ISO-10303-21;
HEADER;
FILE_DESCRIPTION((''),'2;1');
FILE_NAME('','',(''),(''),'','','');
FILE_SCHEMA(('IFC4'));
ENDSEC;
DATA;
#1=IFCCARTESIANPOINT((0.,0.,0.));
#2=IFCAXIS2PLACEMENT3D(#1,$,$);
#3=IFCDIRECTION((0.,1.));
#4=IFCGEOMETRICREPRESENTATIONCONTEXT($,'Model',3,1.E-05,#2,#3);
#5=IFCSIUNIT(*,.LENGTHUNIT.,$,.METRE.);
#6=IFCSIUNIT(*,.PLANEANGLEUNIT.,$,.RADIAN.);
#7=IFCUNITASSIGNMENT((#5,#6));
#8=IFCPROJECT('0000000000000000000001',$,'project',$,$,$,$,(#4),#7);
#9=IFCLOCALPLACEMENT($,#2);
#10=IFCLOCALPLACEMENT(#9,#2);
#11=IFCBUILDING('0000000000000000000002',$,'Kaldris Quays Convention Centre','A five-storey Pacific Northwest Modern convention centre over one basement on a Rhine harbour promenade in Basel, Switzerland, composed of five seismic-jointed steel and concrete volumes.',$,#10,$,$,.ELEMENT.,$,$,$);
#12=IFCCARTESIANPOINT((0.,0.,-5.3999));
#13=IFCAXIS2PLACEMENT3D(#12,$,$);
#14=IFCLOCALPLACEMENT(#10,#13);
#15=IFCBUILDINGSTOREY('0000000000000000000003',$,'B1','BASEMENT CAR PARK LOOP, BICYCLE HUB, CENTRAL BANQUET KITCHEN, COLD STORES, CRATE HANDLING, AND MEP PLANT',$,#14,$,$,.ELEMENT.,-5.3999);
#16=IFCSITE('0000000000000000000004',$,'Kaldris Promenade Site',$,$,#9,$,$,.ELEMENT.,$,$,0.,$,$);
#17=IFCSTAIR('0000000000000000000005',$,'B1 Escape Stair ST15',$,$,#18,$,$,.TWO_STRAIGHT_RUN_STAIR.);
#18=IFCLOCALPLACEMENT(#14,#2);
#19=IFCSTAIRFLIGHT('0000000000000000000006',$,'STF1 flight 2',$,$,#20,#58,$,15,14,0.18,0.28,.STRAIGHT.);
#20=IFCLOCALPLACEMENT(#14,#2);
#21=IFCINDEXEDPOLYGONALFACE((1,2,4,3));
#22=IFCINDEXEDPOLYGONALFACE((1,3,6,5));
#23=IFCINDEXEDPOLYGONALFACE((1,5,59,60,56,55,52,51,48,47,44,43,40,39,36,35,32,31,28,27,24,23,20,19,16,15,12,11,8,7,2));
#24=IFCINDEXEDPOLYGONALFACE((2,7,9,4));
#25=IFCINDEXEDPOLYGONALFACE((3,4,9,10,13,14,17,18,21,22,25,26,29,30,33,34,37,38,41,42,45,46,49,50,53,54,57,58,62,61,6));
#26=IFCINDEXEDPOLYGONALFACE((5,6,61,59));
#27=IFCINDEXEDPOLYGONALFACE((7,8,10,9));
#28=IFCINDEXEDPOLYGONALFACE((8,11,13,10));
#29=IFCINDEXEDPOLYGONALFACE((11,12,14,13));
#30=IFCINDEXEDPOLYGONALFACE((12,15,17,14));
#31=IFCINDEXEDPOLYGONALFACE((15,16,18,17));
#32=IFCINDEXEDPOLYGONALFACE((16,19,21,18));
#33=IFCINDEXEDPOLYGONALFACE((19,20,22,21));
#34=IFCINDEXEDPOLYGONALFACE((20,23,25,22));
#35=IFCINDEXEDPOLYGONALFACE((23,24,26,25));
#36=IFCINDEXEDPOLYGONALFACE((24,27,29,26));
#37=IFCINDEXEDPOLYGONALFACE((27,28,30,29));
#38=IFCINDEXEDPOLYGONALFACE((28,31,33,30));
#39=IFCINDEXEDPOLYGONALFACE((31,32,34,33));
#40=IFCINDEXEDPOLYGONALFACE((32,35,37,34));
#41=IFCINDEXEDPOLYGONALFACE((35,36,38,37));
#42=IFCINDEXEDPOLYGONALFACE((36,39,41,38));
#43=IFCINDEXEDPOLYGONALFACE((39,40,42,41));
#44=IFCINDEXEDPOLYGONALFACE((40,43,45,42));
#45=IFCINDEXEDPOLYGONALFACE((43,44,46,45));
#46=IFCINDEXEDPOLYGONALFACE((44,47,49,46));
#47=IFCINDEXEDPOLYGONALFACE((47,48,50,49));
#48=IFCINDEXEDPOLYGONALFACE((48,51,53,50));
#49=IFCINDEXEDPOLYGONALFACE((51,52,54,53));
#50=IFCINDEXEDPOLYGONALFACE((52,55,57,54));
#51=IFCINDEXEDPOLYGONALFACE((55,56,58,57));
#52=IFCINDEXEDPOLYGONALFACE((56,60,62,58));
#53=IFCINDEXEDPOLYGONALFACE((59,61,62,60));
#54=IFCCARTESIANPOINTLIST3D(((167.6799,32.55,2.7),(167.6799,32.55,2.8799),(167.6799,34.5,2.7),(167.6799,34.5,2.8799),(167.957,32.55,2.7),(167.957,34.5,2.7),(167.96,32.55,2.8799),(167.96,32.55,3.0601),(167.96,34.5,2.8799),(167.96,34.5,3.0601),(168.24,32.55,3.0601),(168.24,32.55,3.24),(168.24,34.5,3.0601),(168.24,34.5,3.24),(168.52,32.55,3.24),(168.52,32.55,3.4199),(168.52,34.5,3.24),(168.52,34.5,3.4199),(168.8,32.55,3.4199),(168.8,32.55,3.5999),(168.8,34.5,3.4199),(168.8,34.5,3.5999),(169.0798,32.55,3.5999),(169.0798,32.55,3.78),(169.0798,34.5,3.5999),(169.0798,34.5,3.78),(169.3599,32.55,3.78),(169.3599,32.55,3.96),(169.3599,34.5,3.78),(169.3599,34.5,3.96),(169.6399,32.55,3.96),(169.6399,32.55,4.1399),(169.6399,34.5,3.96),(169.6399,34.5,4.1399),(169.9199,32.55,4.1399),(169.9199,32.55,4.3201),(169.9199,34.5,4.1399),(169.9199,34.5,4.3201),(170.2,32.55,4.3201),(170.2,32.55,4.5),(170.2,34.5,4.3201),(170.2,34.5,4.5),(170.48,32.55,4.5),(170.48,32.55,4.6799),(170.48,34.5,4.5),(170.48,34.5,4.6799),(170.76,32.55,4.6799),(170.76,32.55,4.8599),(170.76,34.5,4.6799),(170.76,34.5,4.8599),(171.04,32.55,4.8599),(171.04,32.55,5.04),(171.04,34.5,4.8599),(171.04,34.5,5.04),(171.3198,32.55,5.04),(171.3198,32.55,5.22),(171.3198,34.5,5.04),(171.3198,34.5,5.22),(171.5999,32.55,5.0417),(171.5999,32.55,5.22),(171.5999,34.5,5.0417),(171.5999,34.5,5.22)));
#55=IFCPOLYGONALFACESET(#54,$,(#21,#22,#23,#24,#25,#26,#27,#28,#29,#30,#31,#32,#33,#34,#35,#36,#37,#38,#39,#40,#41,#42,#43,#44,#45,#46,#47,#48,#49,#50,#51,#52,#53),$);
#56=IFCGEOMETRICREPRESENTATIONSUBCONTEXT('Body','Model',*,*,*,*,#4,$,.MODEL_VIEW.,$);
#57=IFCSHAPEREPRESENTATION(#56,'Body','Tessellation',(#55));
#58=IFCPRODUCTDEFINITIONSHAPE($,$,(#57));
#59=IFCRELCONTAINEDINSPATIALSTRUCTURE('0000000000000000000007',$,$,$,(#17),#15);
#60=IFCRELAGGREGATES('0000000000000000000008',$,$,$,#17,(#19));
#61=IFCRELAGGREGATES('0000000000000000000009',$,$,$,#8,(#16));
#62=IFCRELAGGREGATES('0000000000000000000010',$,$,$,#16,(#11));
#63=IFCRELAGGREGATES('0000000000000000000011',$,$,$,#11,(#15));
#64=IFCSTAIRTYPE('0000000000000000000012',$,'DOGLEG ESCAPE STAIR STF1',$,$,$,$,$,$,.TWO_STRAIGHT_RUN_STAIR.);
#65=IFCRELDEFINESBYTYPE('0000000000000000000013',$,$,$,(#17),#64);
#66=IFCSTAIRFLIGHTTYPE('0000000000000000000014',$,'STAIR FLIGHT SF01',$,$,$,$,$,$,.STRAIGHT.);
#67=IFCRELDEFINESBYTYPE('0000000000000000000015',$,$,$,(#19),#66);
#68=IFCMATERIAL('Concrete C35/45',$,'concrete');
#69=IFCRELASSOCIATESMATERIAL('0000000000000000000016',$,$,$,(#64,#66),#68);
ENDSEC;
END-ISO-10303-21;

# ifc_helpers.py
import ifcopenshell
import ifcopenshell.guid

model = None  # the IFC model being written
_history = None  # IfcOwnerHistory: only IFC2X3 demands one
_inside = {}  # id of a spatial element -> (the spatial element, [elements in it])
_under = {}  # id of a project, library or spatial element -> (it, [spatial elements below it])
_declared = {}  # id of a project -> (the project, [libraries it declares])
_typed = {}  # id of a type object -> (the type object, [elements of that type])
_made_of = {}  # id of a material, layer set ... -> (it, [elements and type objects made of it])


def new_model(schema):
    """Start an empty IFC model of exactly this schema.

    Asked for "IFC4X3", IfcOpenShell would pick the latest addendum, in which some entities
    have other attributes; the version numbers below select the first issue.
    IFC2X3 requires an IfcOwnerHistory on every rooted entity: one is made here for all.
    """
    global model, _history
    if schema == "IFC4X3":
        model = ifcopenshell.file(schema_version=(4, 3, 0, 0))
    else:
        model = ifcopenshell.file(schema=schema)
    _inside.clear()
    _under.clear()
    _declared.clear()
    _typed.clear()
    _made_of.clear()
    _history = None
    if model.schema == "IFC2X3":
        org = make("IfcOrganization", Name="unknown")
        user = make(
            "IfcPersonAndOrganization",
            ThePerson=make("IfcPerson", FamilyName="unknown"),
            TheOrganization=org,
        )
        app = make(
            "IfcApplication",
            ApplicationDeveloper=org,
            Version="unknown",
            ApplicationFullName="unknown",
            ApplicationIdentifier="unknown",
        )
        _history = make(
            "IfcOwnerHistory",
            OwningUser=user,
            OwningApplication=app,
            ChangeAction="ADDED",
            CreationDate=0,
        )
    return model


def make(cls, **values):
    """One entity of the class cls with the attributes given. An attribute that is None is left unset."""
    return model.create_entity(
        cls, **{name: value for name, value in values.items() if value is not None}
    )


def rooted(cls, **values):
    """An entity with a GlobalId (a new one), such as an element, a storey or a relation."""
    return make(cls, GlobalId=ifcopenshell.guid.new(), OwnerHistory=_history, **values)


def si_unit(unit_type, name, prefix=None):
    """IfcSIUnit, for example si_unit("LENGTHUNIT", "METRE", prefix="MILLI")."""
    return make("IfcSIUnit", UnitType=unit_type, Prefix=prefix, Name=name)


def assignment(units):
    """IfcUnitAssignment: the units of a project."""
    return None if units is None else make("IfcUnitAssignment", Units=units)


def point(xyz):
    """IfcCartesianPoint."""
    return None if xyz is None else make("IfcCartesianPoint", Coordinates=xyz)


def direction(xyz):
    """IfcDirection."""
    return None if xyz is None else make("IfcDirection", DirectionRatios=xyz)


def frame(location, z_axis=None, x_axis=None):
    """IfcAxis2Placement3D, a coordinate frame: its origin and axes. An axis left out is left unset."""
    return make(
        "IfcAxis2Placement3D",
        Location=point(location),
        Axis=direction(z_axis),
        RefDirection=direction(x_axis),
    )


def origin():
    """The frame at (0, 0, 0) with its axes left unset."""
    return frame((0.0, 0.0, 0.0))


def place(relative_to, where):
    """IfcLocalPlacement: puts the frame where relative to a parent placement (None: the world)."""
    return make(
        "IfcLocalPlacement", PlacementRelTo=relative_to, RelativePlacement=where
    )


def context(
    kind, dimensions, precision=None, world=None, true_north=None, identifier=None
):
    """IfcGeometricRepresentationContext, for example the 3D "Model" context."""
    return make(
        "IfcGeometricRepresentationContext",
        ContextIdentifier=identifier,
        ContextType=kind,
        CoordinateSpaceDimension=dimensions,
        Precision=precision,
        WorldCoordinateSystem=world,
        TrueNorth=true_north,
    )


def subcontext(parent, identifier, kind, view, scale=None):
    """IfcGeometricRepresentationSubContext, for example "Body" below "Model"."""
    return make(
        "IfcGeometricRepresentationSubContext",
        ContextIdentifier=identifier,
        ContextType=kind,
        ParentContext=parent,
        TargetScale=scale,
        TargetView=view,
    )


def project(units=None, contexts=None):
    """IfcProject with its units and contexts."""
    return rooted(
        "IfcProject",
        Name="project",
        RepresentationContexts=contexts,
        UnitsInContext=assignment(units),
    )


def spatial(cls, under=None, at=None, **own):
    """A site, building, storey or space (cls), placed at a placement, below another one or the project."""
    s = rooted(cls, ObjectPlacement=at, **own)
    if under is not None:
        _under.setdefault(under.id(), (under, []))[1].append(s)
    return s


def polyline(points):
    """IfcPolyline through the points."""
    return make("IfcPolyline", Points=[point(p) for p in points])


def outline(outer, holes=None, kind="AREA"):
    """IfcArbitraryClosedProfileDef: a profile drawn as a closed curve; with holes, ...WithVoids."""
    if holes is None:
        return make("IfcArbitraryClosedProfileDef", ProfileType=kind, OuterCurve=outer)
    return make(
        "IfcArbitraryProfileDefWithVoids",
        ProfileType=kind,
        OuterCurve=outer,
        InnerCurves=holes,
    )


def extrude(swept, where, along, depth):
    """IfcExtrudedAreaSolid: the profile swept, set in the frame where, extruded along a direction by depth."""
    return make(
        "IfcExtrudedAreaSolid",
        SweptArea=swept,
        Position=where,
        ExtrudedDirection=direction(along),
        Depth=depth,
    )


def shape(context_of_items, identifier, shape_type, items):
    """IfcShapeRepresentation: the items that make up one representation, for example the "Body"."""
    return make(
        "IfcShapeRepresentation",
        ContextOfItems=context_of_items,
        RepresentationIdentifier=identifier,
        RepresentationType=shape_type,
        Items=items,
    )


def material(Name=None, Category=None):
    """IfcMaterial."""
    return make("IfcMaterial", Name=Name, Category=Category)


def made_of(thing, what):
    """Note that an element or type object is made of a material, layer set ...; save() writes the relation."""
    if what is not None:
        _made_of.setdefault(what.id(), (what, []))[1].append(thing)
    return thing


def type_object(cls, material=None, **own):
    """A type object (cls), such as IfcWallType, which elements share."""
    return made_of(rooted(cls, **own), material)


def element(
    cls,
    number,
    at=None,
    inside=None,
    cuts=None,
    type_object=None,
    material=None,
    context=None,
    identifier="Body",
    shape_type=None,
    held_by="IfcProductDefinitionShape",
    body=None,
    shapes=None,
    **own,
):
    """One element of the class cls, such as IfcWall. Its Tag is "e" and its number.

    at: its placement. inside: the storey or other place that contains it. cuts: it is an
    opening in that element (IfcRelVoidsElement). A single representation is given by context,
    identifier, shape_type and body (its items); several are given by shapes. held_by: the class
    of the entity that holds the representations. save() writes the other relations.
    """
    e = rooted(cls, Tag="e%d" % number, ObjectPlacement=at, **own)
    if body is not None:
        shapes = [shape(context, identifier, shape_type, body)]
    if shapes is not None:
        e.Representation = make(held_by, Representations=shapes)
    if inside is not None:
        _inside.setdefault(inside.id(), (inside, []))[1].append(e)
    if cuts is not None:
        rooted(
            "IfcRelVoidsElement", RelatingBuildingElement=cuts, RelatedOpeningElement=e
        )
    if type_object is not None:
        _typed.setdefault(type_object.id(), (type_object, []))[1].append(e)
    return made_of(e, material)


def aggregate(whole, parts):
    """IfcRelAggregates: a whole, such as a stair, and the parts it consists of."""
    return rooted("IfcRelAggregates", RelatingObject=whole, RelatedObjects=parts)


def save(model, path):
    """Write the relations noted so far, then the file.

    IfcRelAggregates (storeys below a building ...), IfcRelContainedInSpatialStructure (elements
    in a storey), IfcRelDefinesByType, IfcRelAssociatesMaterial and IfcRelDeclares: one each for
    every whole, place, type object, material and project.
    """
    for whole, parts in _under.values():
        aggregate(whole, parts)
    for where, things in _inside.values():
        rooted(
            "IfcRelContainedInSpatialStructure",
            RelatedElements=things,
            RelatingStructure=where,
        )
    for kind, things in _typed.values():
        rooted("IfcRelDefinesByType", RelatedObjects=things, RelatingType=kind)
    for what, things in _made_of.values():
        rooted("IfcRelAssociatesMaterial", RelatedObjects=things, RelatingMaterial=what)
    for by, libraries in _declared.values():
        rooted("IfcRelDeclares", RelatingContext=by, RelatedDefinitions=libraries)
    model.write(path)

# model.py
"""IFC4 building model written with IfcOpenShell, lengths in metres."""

from ifc_helpers import new_model, si_unit, direction, frame, origin, place, context, subcontext, project, spatial, polyline, outline, extrude, material, type_object, element, aggregate, save


model = new_model("IFC4")

# Units and contexts
model_context = context("Model", 3, precision=1e-05, world=origin(), true_north=direction((0.0, 1.0)))
body_context = subcontext(model_context, "Body", "Model", "MODEL_VIEW")
ifc_project = project(units=[si_unit("LENGTHUNIT", "METRE"), si_unit("PLANEANGLEUNIT", "RADIAN")], contexts=[model_context])

# Site, building, storey
site_placement = place(None, origin())
site = spatial("IfcSite", under=ifc_project, at=site_placement, Name="Kaldris Promenade Site", CompositionType="ELEMENT", RefElevation=0.0)
building_placement = place(site_placement, origin())
building = spatial("IfcBuilding", under=site, at=building_placement, Name="Kaldris Quays Convention Centre", Description="A five-storey Pacific Northwest Modern convention centre over one basement on a Rhine harbour promenade in Basel, Switzerland, composed of five seismic-jointed steel and concrete volumes.", CompositionType="ELEMENT")
storey_placement = place(building_placement, frame((0.0, 0.0, -5.3999)))
storey = spatial("IfcBuildingStorey", under=building, at=storey_placement, Name="B1", Description="BASEMENT CAR PARK LOOP, BICYCLE HUB, CENTRAL BANQUET KITCHEN, COLD STORES, CRATE HANDLING, AND MEP PLANT", CompositionType="ELEMENT", Elevation=-5.3999)

# Shared definitions
ifc_material_1 = material(Name="Concrete C35/45", Category="concrete")

# Stair, stair flight
stair_type = type_object("IfcStairType", Name="DOGLEG ESCAPE STAIR STF1", PredefinedType="TWO_STRAIGHT_RUN_STAIR", material=ifc_material_1)
stair_placement = place(storey_placement, origin())
stair = element("IfcStair", 1, at=stair_placement, inside=storey, type_object=stair_type, Name="B1 Escape Stair ST15", PredefinedType="TWO_STRAIGHT_RUN_STAIR")
stair_flight_type = type_object("IfcStairFlightType", Name="STAIR FLIGHT SF01", PredefinedType="STRAIGHT", material=ifc_material_1)
stair_flight_1_placement = place(storey_placement, frame((167.6799, 33.5249, 2.7), z_axis=(0.0, 0.0, 1.0), x_axis=(1.0, 0.0, 0.0)))
stair_flight_1 = element("IfcStairFlight", 2, at=stair_flight_1_placement, type_object=stair_flight_type, Name="STF1 flight 2", NumberOfRisers=15, NumberOfTreads=14, PredefinedType="STRAIGHT", RiserHeight=0.18, TreadLength=0.28, context=body_context, shape_type="SweptSolid", body=[
    extrude(outline(polyline([(0.0, 0.0), (0.0, 0.1799), (0.28, 0.1799), (0.28, 0.3601), (0.5601, 0.3601), (0.5601, 0.54), (0.8401, 0.54), (0.8401, 0.72), (1.1201, 0.72), (1.1201, 0.8999), (1.3999, 0.8999), (1.3999, 1.0801), (1.6799, 1.0801), (1.6799, 1.26), (1.96, 1.26), (1.96, 1.4399), (2.24, 1.4399), (2.24, 1.6201), (2.52, 1.6201), (2.52, 1.8), (2.8, 1.8), (2.8, 1.98), (3.0801, 1.98), (3.0801, 2.1599), (3.3601, 2.1599), (3.3601, 2.3401), (3.6399, 2.3401), (3.6399, 2.52), (3.9199, 2.52), (3.9199, 2.7), (3.9199, 2.3418), (0.2771, 0.0), (0.0, 0.0)])), frame((0.0, 0.9751, 0.0), z_axis=(0.0, -1.0, 0.0), x_axis=(1.0, 0.0, 0.0)), (0.0, 0.0, 1.0), 1.95),
])
aggregate(stair, [stair_flight_1])

save(model, "model.ifc")
